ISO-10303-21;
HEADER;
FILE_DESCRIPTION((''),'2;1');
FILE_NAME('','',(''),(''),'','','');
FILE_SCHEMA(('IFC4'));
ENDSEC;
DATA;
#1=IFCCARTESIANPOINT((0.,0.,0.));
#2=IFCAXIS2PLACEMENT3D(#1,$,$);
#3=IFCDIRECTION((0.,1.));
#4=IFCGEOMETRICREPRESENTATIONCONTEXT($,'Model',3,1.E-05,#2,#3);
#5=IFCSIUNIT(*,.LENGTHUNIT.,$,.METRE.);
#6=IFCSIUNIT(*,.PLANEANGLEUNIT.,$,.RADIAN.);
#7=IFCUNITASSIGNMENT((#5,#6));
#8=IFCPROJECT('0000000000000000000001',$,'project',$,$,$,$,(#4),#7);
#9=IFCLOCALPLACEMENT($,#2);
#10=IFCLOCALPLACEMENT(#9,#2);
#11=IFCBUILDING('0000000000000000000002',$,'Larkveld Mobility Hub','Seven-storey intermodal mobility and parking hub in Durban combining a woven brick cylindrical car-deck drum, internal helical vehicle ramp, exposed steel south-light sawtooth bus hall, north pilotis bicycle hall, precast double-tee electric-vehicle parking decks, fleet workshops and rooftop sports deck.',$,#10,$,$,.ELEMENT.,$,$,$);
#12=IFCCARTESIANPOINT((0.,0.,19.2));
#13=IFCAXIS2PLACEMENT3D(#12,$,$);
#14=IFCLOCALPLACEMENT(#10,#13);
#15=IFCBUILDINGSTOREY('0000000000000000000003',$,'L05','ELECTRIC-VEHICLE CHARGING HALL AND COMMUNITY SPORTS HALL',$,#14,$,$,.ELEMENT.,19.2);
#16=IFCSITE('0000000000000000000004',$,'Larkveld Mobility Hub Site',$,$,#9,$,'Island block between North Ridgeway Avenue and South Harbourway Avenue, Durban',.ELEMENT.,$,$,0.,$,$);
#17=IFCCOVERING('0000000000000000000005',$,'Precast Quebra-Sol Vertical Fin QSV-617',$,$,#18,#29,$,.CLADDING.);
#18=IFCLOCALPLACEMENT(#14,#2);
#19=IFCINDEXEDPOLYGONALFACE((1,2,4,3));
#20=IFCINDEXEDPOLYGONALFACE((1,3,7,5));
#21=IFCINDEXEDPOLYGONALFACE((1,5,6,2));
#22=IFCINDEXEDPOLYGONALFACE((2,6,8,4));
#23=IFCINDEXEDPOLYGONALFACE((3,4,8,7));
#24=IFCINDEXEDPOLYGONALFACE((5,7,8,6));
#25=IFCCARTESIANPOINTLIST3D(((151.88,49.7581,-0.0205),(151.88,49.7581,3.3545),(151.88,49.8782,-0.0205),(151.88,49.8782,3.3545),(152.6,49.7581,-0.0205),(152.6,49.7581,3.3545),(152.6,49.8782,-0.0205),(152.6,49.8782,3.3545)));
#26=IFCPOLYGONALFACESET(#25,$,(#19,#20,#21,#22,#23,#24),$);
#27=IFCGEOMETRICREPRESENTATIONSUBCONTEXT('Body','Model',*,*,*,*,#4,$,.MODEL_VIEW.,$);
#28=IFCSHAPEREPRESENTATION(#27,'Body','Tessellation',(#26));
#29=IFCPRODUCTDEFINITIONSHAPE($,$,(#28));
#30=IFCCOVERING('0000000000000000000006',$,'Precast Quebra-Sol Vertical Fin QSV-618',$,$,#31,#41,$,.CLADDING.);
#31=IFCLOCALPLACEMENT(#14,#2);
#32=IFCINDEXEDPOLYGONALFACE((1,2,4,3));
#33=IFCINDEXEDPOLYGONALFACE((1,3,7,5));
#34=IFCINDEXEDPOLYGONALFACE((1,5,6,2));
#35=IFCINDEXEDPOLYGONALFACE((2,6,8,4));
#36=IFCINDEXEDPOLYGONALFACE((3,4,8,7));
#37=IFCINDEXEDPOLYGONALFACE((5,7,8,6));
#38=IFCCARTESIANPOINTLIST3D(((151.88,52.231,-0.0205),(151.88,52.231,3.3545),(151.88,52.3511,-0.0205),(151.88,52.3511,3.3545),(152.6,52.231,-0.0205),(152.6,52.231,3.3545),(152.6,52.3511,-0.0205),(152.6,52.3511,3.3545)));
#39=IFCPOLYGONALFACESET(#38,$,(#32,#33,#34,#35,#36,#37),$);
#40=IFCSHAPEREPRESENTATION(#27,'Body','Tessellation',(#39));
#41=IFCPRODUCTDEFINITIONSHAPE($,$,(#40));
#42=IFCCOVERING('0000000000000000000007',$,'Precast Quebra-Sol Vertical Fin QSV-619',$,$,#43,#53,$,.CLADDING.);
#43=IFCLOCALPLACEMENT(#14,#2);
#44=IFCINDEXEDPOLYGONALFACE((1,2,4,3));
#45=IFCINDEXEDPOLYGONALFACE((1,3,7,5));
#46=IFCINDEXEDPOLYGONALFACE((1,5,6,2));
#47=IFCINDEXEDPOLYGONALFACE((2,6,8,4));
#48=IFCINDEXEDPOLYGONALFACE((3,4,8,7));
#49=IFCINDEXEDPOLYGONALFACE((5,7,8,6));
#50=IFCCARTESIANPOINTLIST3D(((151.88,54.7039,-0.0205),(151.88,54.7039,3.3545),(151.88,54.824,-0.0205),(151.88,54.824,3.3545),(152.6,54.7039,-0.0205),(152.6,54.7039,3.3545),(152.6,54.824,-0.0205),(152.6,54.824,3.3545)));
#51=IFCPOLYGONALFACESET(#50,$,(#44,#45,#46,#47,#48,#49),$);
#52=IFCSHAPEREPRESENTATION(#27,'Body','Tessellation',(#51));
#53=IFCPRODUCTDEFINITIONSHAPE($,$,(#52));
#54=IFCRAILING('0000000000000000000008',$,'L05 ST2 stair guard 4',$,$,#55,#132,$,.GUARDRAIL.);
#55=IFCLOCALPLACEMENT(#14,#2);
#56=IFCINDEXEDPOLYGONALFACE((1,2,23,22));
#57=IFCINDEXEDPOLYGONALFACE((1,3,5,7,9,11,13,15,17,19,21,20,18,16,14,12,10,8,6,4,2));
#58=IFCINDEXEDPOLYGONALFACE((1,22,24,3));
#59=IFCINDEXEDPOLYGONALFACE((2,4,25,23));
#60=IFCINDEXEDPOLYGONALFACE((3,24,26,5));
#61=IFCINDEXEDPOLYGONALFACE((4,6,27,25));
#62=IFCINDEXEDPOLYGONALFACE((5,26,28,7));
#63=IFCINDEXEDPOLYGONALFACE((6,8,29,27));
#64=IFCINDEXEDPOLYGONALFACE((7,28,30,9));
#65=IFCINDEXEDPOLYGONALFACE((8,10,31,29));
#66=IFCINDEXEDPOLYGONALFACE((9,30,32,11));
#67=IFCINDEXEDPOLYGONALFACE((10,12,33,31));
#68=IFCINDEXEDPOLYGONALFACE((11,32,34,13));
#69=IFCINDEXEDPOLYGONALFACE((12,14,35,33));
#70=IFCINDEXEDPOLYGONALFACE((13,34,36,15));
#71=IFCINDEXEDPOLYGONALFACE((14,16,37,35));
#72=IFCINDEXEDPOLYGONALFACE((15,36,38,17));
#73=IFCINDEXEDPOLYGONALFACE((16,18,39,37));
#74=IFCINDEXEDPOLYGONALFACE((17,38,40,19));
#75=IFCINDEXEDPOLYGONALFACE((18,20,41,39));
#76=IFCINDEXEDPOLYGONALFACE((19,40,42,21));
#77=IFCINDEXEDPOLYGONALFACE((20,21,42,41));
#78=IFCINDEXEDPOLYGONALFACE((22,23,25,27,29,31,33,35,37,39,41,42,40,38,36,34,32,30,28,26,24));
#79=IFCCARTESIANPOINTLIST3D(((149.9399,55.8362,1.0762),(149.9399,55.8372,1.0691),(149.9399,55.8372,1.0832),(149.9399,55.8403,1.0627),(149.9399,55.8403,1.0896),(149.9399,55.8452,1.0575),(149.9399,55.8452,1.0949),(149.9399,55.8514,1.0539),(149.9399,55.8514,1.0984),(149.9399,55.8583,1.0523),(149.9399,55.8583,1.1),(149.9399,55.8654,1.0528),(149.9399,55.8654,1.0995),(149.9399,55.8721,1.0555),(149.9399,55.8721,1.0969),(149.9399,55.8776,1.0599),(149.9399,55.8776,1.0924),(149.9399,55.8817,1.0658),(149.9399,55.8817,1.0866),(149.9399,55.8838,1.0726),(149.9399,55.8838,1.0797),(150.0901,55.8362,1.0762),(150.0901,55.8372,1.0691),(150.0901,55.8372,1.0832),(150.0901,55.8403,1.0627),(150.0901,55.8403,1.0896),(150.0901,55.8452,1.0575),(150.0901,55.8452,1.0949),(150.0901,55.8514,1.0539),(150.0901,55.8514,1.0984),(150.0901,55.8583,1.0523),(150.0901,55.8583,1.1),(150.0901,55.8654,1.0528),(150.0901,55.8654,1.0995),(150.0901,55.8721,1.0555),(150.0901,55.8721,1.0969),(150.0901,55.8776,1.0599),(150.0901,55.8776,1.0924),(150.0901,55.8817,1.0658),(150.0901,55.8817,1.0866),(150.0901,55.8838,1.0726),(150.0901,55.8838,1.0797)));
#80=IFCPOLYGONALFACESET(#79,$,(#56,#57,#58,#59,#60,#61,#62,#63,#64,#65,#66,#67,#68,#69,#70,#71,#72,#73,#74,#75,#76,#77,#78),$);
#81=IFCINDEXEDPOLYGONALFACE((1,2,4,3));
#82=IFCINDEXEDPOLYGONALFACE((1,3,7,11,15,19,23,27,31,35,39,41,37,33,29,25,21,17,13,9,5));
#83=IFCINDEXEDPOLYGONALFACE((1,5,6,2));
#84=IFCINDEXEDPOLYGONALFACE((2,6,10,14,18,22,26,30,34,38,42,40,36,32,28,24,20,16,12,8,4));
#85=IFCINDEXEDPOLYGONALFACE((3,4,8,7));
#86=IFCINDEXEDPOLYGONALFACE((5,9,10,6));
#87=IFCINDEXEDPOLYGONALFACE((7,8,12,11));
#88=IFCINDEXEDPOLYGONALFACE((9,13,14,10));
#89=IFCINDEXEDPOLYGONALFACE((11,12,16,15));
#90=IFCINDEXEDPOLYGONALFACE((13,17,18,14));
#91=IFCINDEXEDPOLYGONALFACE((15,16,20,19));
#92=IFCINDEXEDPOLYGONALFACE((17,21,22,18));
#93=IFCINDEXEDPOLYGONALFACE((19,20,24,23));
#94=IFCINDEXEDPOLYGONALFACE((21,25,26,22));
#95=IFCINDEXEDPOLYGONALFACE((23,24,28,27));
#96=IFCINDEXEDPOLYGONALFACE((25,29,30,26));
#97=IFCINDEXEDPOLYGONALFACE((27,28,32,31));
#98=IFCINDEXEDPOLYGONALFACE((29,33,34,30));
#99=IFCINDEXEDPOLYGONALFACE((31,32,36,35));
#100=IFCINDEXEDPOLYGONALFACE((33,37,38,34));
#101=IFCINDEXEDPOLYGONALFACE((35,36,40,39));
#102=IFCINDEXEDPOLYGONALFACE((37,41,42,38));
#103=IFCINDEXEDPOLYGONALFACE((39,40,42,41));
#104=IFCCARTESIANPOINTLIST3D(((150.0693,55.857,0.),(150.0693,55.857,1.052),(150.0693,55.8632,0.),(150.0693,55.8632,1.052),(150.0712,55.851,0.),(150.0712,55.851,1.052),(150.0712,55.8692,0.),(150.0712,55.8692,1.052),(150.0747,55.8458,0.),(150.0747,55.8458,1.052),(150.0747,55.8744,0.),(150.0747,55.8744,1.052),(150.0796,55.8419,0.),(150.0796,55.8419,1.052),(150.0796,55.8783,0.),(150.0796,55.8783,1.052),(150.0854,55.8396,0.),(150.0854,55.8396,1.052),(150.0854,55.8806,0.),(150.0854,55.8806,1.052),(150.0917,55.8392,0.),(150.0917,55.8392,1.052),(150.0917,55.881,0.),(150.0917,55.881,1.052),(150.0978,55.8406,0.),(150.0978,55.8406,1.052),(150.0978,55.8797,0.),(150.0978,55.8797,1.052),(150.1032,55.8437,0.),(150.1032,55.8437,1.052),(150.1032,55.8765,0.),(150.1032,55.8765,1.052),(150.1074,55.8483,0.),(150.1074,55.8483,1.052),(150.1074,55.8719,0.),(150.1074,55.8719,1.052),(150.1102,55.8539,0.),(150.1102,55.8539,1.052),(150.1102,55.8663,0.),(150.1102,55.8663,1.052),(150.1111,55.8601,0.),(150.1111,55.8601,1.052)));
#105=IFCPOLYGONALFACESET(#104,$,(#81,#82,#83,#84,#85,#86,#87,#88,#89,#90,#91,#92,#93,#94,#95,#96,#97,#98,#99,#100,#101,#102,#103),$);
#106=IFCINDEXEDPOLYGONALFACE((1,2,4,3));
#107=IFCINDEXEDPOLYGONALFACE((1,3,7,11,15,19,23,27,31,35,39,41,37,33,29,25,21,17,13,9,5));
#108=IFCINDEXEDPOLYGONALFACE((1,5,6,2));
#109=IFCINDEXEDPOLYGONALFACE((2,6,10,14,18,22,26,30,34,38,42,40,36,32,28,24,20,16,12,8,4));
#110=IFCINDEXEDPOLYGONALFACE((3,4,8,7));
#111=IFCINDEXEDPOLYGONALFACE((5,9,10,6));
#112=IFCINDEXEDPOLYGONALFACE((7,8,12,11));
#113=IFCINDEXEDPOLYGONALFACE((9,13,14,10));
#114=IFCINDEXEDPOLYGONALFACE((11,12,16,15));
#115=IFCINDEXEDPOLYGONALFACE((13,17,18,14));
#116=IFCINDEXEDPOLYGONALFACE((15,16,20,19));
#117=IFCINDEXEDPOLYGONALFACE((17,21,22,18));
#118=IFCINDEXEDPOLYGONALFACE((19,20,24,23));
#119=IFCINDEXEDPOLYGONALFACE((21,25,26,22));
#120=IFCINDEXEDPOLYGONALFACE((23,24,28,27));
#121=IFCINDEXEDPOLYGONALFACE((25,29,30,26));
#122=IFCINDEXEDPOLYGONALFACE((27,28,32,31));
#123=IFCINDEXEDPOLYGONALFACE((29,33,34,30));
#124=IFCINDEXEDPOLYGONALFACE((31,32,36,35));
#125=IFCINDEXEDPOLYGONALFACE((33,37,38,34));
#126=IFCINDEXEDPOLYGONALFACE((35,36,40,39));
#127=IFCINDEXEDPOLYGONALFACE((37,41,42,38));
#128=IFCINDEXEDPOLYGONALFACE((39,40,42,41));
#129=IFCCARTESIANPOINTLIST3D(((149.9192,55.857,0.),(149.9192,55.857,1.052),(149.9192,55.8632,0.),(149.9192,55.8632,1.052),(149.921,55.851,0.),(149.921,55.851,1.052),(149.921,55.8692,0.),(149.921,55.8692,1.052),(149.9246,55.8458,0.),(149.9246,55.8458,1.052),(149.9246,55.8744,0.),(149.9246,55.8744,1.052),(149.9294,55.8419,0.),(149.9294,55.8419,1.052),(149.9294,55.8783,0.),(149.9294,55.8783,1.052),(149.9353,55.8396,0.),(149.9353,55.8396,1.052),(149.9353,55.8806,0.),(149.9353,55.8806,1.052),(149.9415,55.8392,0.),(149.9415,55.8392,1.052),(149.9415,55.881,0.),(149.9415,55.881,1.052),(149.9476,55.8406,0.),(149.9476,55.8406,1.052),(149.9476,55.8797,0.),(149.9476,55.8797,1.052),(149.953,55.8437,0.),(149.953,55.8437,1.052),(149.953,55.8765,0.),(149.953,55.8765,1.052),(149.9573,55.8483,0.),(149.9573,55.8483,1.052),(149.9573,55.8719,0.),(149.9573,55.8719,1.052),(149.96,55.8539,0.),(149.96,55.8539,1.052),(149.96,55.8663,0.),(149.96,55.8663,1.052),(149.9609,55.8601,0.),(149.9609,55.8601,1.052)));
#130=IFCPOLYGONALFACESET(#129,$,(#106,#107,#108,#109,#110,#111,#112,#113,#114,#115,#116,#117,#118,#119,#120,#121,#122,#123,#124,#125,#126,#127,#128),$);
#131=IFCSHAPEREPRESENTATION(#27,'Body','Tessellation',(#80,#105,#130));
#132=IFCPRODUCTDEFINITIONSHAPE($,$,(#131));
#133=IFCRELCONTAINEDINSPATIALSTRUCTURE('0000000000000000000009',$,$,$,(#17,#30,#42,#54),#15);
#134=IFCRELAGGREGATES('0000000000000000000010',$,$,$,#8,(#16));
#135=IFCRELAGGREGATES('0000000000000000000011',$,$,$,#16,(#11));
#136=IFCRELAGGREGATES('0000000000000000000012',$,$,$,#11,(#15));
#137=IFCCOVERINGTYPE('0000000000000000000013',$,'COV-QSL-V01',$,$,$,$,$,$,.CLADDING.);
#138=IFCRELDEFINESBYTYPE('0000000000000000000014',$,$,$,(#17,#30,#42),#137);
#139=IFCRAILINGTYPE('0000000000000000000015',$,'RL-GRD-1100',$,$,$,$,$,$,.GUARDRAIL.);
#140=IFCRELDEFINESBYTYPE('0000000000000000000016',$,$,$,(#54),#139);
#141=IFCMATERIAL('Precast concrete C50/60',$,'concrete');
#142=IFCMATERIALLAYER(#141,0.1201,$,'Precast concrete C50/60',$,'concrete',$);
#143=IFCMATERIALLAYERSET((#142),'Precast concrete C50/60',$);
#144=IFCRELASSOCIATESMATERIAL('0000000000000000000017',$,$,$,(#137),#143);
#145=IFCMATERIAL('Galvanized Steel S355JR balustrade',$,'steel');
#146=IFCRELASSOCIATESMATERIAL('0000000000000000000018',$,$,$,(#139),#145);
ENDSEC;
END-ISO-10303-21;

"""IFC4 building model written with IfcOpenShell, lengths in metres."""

from ifc_helpers import new_model, si_unit, direction, frame, origin, origin_2d, place, context, subcontext, project, spatial, rectangle, circle, extrude, material, layer, layer_set, type_object, element, save


model = new_model("IFC4")

# Units and contexts
model_context = context("Model", 3, precision=1e-05, world=origin(), true_north=direction((0.0, 1.0)))
body_context = subcontext(model_context, "Body", "Model", "MODEL_VIEW")
ifc_project = project(units=[si_unit("LENGTHUNIT", "METRE"), si_unit("PLANEANGLEUNIT", "RADIAN")], contexts=[model_context])

# Site, building, storey
site_placement = place(None, origin())
site = spatial("IfcSite", under=ifc_project, at=site_placement, Name="Larkveld Mobility Hub Site", LongName="Island block between North Ridgeway Avenue and South Harbourway Avenue, Durban", CompositionType="ELEMENT", RefElevation=0.0)
building_placement = place(site_placement, origin())
building = spatial("IfcBuilding", under=site, at=building_placement, Name="Larkveld Mobility Hub", Description="Seven-storey intermodal mobility and parking hub in Durban combining a woven brick cylindrical car-deck drum, internal helical vehicle ramp, exposed steel south-light sawtooth bus hall, north pilotis bicycle hall, precast double-tee electric-vehicle parking decks, fleet workshops and rooftop sports deck.", CompositionType="ELEMENT")
storey_placement = place(building_placement, frame((0.0, 0.0, 19.2)))
storey = spatial("IfcBuildingStorey", under=building, at=storey_placement, Name="L05", Description="ELECTRIC-VEHICLE CHARGING HALL AND COMMUNITY SPORTS HALL", CompositionType="ELEMENT", Elevation=19.2)

# Coverings
ifc_material_1 = material(Name="Precast concrete C50/60", Category="concrete")
ifc_layer_1 = layer(ifc_material_1, 0.1201, Name="Precast concrete C50/60", Category="concrete")
ifc_layer_set_1 = layer_set([ifc_layer_1], Name="Precast concrete C50/60")
covering_type = type_object("IfcCoveringType", Name="COV-QSL-V01", PredefinedType="CLADDING", material=ifc_layer_set_1)
for number, where, z_axis, x_axis, name in (
    (1, (152.24, 49.8181, -0.0205), (0.0, 0.0, 1.0), (0.0, 1.0, 0.0), "Precast Quebra-Sol Vertical Fin QSV-617"),
    (2, (152.24, 52.291, -0.0205), (0.0, 0.0, 1.0), (0.0, 1.0, 0.0), "Precast Quebra-Sol Vertical Fin QSV-618"),
    (3, (152.24, 54.7639, -0.0205), (0.0, 0.0, 1.0), (0.0, 1.0, 0.0), "Precast Quebra-Sol Vertical Fin QSV-619"),
):
    element("IfcCovering", number, at=place(storey_placement, frame(where, z_axis=z_axis, x_axis=x_axis)), inside=storey, type_object=covering_type, Name=name, PredefinedType="CLADDING", context=body_context, shape_type="SweptSolid", body=[
        extrude(rectangle(XDim=0.1201, YDim=0.72, at=origin_2d()), origin(), (0.0, 0.0, 1.0), 3.375),
    ])

# Railing
ifc_material_2 = material(Name="Galvanized Steel S355JR balustrade", Category="steel")
railing_type = type_object("IfcRailingType", Name="RL-GRD-1100", PredefinedType="GUARDRAIL", material=ifc_material_2)
railing_placement = place(storey_placement, frame((150.0901, 55.8601, 0.0)))
element("IfcRailing", 4, at=railing_placement, inside=storey, type_object=railing_type, Name="L05 ST2 stair guard 4", PredefinedType="GUARDRAIL", context=body_context, shape_type="SweptSolid", body=[
    extrude(circle(Radius=0.0239, at=origin_2d()), frame((0.0, 0.0, 1.0762), z_axis=(-1.0, 0.0, 0.0), x_axis=(0.0, -1.0, 0.0)), (0.0, 0.0, 1.0), 0.1501),
    extrude(circle(Radius=0.021, at=origin_2d()), origin(), (0.0, 0.0, 1.0), 1.052),
    extrude(circle(Radius=0.021, at=origin_2d()), frame((-0.1501, 0.0, 0.0)), (0.0, 0.0, 1.0), 1.052),
])

save(model, "model.ifc")
